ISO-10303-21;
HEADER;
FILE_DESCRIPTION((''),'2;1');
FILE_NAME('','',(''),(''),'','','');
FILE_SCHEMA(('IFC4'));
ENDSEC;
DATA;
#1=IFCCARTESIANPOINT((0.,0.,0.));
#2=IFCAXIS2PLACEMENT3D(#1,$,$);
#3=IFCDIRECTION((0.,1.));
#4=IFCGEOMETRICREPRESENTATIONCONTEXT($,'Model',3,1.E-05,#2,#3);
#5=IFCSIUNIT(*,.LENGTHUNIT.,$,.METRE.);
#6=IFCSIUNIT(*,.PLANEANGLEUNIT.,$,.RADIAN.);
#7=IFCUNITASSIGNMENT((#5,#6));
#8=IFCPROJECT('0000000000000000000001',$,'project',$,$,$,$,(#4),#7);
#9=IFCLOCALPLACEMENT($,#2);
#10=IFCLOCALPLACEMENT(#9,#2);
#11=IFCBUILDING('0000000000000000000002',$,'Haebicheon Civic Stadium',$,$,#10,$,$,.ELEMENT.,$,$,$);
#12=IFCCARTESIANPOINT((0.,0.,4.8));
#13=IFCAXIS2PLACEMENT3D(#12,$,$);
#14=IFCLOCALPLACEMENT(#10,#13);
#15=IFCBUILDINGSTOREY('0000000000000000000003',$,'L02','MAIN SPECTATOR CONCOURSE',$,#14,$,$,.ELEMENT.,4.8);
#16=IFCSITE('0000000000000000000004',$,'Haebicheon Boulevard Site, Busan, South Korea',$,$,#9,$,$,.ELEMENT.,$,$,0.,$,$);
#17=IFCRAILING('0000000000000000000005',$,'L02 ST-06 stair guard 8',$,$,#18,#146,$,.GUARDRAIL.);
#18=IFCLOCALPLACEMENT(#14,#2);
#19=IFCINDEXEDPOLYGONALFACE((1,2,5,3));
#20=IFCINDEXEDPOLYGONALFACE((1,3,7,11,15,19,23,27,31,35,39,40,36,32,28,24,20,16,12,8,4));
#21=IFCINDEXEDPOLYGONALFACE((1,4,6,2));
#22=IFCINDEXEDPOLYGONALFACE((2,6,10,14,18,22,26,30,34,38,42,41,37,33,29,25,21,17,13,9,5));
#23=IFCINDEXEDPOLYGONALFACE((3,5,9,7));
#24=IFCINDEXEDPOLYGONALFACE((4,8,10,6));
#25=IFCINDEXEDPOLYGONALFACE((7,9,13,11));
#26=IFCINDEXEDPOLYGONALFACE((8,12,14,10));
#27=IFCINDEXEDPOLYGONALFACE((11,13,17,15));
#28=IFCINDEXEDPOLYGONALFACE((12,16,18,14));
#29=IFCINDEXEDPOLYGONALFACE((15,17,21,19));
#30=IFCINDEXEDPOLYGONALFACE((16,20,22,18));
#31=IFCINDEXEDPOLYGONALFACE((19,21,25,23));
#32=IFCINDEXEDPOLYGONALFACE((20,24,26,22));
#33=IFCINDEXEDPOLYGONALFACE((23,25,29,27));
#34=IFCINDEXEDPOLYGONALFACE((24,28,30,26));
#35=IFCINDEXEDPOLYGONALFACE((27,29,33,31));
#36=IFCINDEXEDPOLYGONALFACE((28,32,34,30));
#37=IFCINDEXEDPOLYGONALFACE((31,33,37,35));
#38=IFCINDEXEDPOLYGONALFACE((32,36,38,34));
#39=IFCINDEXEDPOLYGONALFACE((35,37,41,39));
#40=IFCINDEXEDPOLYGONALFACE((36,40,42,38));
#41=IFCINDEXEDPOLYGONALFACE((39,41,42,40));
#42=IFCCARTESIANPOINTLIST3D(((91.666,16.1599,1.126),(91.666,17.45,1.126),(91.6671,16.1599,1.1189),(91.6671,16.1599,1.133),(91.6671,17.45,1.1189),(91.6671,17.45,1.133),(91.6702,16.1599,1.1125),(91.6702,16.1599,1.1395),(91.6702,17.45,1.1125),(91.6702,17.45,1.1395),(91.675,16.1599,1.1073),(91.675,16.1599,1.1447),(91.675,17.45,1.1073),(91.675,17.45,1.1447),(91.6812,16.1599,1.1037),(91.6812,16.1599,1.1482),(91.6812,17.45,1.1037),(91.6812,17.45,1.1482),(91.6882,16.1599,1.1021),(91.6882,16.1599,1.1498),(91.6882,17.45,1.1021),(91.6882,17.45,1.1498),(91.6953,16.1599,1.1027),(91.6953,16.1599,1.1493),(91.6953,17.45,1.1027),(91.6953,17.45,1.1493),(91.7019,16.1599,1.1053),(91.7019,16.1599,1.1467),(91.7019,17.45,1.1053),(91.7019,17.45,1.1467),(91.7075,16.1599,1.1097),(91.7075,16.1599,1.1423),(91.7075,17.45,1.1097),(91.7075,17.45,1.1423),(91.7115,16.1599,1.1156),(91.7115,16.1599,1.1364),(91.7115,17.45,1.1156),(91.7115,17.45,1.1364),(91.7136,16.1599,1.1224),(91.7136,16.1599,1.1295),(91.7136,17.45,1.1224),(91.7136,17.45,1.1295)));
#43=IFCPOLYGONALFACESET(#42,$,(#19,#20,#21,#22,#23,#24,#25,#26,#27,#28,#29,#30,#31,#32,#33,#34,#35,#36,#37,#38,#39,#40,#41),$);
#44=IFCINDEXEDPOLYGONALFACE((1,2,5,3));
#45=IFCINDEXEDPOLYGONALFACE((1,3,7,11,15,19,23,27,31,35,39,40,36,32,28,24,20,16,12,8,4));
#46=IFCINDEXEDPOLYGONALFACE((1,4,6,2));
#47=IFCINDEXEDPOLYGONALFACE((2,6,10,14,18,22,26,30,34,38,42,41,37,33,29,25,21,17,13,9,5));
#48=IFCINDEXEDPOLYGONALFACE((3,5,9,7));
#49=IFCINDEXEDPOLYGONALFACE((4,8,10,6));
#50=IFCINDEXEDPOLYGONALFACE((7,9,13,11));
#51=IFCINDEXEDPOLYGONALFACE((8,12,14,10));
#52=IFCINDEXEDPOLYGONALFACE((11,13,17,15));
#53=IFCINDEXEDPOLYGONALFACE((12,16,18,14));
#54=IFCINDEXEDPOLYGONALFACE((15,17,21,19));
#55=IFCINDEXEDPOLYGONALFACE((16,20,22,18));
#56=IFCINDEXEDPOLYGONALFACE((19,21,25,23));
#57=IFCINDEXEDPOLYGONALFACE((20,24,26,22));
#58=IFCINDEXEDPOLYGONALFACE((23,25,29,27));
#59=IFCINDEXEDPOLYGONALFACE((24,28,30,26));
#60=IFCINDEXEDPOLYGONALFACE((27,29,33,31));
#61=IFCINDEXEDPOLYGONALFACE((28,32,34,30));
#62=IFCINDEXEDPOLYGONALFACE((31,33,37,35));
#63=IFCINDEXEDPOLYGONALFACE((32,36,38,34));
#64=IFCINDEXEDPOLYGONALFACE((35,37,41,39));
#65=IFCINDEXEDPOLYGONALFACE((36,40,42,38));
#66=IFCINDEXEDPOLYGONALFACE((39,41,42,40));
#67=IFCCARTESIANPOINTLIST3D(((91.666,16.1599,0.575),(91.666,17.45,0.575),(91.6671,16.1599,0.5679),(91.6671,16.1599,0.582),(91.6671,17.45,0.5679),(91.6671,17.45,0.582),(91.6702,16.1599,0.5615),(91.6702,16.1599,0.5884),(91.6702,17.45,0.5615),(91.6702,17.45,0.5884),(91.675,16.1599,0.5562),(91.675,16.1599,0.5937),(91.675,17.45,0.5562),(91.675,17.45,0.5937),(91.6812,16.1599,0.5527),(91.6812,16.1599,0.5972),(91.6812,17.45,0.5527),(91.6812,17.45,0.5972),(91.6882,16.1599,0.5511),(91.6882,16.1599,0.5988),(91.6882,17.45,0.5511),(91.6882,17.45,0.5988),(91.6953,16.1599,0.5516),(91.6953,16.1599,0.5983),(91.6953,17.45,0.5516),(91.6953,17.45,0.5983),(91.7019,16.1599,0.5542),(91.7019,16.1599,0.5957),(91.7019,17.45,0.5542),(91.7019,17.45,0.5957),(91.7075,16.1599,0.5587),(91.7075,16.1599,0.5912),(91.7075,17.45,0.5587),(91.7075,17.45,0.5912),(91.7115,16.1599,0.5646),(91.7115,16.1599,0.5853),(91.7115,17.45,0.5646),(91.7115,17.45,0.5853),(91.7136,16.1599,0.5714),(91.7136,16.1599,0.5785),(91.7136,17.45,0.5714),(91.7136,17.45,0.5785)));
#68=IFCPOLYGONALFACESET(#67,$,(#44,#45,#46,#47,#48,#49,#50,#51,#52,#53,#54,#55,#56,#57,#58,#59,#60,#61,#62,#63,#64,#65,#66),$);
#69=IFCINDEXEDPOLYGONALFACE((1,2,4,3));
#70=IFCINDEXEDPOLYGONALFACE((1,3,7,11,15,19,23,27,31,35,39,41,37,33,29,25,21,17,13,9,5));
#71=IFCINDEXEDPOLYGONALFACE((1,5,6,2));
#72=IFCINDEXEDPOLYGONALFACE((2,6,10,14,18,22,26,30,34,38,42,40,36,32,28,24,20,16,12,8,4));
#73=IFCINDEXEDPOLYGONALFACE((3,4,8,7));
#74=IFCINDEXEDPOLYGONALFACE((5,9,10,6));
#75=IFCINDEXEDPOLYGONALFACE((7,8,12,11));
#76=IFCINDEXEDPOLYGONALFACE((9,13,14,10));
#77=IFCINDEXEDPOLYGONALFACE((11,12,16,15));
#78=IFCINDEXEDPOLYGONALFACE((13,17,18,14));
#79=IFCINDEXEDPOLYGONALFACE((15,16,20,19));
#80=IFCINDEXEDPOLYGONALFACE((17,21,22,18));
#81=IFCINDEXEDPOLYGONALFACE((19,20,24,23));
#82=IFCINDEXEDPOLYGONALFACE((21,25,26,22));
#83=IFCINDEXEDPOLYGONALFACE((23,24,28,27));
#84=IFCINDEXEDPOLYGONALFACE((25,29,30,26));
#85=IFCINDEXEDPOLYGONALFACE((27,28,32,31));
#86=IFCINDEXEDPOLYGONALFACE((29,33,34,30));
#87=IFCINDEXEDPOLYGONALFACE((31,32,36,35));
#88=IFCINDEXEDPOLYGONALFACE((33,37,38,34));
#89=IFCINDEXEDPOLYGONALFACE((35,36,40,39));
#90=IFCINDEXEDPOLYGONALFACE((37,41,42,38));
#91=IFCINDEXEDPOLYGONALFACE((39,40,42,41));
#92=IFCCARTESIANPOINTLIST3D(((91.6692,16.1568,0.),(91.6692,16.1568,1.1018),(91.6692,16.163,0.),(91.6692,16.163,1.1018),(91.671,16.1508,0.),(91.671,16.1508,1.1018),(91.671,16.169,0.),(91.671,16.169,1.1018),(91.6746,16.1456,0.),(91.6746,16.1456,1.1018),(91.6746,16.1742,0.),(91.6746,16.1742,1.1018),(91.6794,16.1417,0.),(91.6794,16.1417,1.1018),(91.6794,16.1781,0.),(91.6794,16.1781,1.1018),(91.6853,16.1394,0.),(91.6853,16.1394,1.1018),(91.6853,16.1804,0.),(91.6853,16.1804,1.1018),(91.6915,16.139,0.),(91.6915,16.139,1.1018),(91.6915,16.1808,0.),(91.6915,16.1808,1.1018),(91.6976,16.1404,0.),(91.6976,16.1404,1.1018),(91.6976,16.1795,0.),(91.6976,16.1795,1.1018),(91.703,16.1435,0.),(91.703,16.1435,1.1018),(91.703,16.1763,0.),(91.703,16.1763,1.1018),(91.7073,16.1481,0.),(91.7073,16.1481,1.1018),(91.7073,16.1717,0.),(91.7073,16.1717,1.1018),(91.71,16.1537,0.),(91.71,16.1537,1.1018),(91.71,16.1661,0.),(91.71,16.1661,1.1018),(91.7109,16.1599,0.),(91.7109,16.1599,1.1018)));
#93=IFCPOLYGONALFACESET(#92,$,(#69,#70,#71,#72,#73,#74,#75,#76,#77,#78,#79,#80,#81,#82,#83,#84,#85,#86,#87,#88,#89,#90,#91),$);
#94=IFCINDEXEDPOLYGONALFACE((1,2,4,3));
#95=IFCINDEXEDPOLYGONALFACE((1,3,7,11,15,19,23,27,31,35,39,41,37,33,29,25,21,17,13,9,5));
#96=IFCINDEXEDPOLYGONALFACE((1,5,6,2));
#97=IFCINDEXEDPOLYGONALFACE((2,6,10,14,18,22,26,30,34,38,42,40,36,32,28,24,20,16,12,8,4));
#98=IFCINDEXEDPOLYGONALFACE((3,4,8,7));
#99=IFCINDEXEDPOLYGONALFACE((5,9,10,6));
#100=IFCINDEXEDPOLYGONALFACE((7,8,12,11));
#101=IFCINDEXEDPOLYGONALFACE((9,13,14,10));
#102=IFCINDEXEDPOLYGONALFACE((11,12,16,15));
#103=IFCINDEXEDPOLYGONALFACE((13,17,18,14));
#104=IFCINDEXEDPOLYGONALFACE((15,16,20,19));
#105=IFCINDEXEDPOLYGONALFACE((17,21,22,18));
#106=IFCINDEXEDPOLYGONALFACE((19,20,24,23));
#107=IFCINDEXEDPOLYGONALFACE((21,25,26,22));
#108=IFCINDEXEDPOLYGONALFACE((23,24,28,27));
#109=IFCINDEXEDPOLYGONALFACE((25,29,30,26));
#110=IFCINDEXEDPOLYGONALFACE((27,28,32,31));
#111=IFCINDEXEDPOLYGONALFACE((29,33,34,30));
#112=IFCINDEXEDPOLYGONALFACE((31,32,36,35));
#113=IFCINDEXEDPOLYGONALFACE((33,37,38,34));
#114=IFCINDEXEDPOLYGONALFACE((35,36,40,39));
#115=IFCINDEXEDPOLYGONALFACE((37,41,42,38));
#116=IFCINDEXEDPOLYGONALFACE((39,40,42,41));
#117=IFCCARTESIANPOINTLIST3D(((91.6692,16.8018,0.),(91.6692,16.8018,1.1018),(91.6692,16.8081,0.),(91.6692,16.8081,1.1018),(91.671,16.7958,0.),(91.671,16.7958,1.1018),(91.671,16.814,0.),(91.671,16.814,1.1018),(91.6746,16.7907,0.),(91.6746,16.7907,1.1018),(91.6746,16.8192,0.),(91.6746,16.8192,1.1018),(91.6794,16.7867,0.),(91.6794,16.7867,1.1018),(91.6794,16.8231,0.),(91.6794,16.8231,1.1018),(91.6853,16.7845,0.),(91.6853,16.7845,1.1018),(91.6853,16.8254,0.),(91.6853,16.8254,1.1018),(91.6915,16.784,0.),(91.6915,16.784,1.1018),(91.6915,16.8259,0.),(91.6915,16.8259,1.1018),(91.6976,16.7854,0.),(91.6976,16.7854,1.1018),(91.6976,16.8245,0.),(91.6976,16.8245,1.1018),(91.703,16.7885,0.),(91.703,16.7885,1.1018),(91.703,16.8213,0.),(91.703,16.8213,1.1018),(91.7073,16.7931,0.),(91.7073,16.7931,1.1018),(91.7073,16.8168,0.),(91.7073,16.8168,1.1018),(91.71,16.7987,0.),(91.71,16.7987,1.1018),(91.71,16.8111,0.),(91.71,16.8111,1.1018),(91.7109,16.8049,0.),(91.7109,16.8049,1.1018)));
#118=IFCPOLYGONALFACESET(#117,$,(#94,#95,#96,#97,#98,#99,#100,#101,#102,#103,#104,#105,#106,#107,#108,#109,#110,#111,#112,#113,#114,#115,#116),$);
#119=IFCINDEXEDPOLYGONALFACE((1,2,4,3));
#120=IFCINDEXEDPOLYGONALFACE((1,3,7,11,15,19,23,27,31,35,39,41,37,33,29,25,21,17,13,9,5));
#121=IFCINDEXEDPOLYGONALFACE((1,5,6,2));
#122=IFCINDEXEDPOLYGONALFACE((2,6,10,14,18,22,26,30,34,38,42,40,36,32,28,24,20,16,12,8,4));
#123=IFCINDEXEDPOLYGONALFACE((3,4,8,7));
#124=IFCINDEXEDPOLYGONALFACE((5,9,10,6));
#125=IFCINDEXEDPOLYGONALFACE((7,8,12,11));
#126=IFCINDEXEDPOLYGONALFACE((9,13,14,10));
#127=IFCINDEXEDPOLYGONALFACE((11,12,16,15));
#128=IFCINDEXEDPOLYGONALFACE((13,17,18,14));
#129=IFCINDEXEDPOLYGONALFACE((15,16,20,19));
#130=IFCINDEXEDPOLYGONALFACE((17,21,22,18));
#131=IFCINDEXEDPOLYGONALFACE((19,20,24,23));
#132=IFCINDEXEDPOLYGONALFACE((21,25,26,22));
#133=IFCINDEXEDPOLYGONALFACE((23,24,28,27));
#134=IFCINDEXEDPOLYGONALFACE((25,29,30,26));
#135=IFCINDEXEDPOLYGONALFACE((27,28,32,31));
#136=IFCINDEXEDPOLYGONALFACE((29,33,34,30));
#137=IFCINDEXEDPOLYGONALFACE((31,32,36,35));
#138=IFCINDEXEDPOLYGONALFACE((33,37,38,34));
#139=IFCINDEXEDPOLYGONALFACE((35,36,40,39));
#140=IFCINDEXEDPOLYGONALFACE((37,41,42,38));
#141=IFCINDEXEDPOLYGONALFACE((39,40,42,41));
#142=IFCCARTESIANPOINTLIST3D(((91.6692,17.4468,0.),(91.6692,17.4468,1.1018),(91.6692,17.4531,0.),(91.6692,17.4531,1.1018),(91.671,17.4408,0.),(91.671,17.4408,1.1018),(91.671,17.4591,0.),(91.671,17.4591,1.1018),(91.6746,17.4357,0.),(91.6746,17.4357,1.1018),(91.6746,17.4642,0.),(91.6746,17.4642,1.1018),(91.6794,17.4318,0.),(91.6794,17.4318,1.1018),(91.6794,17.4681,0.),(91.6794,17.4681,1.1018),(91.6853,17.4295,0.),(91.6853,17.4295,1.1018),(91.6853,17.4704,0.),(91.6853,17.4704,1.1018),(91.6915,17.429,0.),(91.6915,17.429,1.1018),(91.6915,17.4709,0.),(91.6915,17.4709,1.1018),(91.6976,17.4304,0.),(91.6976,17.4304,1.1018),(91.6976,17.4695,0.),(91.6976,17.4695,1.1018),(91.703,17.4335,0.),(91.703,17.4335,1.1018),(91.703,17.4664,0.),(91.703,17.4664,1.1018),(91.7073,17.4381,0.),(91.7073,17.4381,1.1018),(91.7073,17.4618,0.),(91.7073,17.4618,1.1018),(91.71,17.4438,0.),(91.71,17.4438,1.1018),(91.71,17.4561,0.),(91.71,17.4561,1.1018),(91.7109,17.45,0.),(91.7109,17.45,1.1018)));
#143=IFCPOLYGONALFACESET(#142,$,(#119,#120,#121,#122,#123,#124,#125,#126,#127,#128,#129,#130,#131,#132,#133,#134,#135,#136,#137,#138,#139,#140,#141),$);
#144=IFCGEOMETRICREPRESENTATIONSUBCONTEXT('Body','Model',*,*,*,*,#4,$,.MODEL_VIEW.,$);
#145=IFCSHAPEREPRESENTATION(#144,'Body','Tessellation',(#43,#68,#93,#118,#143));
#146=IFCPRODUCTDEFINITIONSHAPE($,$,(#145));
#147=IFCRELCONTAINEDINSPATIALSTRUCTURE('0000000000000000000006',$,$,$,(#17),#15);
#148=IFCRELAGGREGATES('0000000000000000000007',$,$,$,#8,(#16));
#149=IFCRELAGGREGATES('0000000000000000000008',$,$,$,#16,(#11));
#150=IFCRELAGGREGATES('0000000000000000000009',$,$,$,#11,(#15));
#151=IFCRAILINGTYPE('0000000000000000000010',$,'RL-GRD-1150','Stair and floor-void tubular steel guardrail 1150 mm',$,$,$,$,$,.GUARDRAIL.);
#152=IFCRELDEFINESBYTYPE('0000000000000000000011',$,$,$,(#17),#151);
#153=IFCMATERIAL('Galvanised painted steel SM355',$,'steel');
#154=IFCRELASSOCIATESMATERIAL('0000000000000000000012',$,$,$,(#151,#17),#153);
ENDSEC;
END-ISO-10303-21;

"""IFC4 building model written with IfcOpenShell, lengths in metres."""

from ifc_helpers import new_model, si_unit, direction, frame, origin, origin_2d, place, context, subcontext, project, spatial, circle, extrude, material, type_object, element, save


model = new_model("IFC4")

# Units and contexts
model_context = context("Model", 3, precision=1e-05, world=origin(), true_north=direction((0.0, 1.0)))
body_context = subcontext(model_context, "Body", "Model", "MODEL_VIEW")
ifc_project = project(units=[si_unit("LENGTHUNIT", "METRE"), si_unit("PLANEANGLEUNIT", "RADIAN")], contexts=[model_context])

# Site, building, storey
site_placement = place(None, origin())
site = spatial("IfcSite", under=ifc_project, at=site_placement, Name="Haebicheon Boulevard Site, Busan, South Korea", CompositionType="ELEMENT", RefElevation=0.0)
building_placement = place(site_placement, origin())
building = spatial("IfcBuilding", under=site, at=building_placement, Name="Haebicheon Civic Stadium", CompositionType="ELEMENT")
storey_placement = place(building_placement, frame((0.0, 0.0, 4.8)))
storey = spatial("IfcBuildingStorey", under=building, at=storey_placement, Name="L02", Description="MAIN SPECTATOR CONCOURSE", CompositionType="ELEMENT", Elevation=4.8)

# Railing
ifc_material_1 = material(Name="Galvanised painted steel SM355", Category="steel")
railing_type_1 = type_object("IfcRailingType", Name="RL-GRD-1150", Description="Stair and floor-void tubular steel guardrail 1150 mm", PredefinedType="GUARDRAIL", material=ifc_material_1)
railing_1_placement = place(storey_placement, frame((91.6899, 16.1599, 0.0)))
element("IfcRailing", 1, at=railing_1_placement, inside=storey, type_object=railing_type_1, material=ifc_material_1, Name="L02 ST-06 stair guard 8", PredefinedType="GUARDRAIL", context=body_context, shape_type="SweptSolid", body=[
    extrude(circle(Radius=0.0239, at=origin_2d()), frame((0.0, 0.0, 1.126), z_axis=(0.0, 1.0, 0.0), x_axis=(-1.0, 0.0, 0.0)), (0.0, 0.0, 1.0), 1.29),
    extrude(circle(Radius=0.0239, at=origin_2d()), frame((0.0, 0.0, 0.575), z_axis=(0.0, 1.0, 0.0), x_axis=(-1.0, 0.0, 0.0)), (0.0, 0.0, 1.0), 1.29),
    extrude(circle(Radius=0.021, at=origin_2d()), origin(), (0.0, 0.0, 1.0), 1.1018),
    extrude(circle(Radius=0.021, at=origin_2d()), frame((0.0, 0.645, 0.0)), (0.0, 0.0, 1.0), 1.1018),
    extrude(circle(Radius=0.021, at=origin_2d()), frame((0.0, 1.29, 0.0)), (0.0, 0.0, 1.0), 1.1018),
])

save(model, "model.ifc")
